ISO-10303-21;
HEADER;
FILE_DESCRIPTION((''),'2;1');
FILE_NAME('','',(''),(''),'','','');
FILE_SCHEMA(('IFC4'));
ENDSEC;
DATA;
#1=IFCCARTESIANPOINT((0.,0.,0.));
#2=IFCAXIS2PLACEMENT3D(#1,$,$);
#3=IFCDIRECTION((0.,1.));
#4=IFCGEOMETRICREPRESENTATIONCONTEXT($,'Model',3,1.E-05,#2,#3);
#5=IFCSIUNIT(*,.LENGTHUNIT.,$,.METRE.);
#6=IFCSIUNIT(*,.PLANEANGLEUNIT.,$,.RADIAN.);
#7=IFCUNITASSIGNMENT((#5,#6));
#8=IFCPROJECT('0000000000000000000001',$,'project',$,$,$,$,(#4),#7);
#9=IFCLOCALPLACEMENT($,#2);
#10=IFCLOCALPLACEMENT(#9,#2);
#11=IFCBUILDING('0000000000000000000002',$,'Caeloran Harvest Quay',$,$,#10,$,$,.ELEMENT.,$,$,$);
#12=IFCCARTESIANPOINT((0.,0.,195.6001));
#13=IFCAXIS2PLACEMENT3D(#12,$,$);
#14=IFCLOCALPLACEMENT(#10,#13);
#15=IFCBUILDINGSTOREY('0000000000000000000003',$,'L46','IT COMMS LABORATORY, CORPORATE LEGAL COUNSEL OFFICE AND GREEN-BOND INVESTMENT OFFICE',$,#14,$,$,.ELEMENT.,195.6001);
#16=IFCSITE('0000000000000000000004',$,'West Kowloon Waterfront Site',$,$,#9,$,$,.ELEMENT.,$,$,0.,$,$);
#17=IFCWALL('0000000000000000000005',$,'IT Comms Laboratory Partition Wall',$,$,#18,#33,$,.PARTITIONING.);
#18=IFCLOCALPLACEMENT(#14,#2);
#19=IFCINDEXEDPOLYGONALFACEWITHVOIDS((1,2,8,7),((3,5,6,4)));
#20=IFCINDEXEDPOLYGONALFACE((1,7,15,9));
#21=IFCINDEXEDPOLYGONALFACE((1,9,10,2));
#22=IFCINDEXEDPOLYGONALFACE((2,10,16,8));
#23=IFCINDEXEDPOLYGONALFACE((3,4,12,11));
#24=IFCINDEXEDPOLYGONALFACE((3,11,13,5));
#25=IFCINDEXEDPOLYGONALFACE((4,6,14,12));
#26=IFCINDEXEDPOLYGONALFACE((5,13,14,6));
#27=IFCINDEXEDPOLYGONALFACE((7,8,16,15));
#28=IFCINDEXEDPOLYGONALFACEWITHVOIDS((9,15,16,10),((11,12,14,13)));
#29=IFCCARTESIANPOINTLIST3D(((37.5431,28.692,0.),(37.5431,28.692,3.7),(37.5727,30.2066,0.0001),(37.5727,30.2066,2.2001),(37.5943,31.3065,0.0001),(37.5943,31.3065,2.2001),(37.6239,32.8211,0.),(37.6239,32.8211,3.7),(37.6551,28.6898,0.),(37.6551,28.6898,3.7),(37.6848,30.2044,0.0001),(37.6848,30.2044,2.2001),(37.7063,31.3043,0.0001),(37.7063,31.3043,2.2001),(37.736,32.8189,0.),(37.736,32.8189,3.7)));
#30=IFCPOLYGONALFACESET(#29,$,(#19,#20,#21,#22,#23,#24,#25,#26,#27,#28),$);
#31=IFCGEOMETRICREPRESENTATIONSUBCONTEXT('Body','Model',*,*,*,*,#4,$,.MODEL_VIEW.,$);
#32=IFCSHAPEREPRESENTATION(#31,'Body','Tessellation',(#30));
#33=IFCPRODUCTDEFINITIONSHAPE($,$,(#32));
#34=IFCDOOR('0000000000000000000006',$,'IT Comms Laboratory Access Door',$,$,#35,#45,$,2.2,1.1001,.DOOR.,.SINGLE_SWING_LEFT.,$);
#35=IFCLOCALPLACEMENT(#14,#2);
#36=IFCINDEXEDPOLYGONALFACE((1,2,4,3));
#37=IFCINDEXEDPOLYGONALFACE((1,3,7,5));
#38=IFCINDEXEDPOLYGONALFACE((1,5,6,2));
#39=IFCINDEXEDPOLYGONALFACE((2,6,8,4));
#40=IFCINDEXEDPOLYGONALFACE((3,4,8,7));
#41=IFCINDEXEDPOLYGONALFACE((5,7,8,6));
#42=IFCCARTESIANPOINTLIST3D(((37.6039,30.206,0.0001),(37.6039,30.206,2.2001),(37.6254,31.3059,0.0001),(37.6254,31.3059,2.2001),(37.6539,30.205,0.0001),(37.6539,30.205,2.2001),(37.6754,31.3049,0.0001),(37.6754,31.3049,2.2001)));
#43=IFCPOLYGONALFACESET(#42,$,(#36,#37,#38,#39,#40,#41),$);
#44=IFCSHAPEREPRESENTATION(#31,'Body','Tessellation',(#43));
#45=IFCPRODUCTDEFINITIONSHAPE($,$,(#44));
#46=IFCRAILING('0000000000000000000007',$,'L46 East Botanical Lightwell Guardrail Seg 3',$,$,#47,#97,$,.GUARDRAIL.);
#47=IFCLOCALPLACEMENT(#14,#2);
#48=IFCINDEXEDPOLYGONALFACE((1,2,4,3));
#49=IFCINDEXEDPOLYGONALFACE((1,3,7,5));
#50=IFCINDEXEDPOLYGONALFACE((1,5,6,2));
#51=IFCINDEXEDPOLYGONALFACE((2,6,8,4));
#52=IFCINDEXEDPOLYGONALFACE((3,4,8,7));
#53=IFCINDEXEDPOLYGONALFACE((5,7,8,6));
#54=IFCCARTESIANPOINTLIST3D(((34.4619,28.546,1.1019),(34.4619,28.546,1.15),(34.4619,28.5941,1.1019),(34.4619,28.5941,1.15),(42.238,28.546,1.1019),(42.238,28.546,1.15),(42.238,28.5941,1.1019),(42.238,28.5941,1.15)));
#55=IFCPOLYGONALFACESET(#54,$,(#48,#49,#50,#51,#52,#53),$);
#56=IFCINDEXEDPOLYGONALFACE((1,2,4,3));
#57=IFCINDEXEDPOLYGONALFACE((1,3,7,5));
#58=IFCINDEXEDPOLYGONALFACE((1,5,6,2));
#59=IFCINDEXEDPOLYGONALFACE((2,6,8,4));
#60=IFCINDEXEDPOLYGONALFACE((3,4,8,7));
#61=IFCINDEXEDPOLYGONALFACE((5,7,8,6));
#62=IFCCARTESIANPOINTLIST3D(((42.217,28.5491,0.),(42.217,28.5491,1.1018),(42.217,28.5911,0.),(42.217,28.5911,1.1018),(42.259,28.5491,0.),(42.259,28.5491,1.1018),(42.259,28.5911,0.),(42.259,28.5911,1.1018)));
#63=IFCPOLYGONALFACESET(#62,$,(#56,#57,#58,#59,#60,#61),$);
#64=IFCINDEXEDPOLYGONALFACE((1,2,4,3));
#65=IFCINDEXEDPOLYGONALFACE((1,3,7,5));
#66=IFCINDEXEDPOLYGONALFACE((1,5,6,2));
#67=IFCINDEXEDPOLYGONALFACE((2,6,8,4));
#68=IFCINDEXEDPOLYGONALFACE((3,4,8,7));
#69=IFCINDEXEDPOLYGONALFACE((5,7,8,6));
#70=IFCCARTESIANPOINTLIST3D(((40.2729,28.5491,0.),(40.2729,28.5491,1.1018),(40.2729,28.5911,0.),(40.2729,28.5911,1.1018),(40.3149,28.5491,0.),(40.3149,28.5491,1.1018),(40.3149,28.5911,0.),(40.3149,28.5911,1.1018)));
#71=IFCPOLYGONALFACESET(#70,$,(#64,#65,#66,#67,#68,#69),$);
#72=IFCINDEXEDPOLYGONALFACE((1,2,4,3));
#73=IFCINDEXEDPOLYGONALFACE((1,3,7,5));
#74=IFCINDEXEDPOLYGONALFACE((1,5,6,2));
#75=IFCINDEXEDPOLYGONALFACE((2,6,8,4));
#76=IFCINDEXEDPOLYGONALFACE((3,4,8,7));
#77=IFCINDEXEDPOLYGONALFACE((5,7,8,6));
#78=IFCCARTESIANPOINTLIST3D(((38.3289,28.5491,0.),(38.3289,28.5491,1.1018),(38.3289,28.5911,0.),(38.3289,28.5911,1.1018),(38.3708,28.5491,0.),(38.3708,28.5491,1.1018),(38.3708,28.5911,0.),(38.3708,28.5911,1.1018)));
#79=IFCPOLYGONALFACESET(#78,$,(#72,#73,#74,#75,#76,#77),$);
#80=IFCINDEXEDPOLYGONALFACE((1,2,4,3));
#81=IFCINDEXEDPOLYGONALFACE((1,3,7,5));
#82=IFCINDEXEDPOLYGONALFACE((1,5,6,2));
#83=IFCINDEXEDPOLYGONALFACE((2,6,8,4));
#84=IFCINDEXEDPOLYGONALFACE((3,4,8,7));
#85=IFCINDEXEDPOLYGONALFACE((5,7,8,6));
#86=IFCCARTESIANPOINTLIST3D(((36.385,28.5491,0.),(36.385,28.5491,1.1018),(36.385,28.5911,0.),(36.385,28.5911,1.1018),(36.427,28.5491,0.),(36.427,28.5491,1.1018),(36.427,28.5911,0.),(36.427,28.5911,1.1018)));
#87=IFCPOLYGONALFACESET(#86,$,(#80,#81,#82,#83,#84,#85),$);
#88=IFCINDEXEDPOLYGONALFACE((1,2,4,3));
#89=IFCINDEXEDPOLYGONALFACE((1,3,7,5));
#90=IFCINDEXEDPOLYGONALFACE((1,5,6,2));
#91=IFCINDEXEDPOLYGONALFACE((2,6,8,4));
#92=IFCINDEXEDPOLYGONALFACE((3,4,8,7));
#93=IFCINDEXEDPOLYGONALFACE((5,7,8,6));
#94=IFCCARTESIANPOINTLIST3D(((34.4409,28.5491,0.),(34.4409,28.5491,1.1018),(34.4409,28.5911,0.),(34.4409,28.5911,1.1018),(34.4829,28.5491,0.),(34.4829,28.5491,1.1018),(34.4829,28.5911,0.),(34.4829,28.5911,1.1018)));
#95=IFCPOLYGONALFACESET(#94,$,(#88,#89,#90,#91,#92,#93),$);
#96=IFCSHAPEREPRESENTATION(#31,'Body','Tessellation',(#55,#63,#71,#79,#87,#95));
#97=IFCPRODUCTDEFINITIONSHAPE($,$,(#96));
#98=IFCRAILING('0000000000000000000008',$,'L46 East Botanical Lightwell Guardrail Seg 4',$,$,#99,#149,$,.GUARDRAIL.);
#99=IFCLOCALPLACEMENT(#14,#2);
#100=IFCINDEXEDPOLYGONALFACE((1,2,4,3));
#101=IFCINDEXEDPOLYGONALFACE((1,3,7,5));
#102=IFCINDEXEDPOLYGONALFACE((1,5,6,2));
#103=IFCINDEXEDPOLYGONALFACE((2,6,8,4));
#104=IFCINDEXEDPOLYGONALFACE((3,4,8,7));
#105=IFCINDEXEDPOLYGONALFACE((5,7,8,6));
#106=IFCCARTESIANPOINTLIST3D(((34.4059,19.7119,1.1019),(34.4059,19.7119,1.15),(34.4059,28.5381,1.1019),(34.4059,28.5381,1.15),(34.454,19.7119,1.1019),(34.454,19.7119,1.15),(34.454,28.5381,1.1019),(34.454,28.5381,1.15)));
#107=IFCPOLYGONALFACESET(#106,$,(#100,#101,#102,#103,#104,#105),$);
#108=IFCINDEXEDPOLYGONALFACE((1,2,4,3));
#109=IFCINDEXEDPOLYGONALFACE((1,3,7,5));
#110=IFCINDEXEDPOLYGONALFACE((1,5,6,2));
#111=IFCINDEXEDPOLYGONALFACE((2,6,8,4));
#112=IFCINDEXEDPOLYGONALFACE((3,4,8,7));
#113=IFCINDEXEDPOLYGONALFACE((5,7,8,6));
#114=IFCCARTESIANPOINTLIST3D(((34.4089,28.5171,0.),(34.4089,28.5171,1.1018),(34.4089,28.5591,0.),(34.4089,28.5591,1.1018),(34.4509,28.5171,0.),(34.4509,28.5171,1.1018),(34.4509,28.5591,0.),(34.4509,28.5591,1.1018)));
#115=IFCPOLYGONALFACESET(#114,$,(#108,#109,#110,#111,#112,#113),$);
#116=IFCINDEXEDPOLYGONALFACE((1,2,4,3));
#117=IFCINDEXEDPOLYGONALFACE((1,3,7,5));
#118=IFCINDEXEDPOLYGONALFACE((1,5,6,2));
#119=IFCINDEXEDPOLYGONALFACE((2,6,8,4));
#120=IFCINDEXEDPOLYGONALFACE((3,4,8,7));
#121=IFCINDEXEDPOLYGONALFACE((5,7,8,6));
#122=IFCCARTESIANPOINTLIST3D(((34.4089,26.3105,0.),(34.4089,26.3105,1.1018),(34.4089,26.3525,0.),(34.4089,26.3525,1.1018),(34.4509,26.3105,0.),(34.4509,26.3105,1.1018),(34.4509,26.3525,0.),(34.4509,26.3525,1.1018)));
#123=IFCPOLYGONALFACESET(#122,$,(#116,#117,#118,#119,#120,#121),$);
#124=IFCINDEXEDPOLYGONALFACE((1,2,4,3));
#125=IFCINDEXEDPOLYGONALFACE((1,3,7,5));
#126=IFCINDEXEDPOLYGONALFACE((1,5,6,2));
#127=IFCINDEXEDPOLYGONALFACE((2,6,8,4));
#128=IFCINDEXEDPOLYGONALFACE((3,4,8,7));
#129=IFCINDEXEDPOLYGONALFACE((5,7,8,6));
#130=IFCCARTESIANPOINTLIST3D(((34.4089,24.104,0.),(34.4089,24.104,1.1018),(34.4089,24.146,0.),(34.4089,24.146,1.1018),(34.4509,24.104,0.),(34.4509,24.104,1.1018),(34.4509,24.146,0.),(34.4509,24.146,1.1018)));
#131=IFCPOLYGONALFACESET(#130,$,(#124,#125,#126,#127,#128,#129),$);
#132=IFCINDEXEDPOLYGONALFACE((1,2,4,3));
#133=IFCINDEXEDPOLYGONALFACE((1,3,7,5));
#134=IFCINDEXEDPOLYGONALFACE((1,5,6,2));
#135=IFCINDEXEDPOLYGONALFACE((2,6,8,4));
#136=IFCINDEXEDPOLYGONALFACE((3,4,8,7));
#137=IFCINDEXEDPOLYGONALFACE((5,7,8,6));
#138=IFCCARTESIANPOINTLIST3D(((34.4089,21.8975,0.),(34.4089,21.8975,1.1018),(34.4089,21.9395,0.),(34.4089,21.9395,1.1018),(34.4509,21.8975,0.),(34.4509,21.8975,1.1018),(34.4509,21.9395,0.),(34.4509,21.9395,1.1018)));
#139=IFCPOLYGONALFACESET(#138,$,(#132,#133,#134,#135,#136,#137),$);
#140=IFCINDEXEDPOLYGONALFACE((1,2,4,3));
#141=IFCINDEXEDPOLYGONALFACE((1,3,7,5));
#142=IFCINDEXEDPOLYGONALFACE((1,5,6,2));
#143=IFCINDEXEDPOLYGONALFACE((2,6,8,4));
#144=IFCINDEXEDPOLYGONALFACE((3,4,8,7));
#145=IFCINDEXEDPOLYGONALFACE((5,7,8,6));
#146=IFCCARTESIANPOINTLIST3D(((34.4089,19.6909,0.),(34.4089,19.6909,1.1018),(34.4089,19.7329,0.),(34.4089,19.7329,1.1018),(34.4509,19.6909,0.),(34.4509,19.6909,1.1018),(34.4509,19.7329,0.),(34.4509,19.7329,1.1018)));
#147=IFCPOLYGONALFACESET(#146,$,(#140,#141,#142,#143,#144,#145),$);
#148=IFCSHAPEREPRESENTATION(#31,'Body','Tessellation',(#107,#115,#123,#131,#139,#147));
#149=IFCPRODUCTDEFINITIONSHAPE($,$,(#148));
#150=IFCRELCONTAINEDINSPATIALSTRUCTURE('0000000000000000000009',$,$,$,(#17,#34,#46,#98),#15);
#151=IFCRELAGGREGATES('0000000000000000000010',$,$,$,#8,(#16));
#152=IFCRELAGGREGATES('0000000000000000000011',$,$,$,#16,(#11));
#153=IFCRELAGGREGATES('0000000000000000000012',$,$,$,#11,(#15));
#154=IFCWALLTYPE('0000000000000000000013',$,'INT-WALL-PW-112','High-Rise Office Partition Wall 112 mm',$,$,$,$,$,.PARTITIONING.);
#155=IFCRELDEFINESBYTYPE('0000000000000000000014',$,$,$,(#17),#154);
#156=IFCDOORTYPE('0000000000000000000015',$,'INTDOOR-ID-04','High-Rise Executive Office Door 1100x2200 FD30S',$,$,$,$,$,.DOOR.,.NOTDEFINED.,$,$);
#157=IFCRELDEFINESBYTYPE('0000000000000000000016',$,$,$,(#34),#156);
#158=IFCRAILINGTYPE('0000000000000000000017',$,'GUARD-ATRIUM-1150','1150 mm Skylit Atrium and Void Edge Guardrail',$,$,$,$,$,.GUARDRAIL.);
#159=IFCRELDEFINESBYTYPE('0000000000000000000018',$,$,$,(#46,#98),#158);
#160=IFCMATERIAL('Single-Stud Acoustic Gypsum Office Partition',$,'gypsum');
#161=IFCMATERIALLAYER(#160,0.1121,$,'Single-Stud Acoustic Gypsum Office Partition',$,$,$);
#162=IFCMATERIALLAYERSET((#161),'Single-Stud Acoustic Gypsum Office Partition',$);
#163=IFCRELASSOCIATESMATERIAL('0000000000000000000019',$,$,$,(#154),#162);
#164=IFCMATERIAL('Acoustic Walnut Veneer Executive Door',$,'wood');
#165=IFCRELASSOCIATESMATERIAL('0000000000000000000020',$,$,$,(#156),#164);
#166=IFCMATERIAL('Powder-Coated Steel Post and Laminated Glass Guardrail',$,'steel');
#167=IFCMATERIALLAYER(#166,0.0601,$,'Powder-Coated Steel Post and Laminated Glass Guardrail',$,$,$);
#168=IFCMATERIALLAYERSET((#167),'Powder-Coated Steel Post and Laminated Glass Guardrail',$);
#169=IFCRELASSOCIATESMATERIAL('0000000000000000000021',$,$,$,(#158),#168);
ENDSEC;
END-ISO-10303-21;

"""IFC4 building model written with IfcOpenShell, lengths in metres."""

from ifc_helpers import new_model, si_unit, direction, frame, frame_2d, origin, origin_2d, place, context, subcontext, project, spatial, rectangle, extrude, material, layer, layer_set, type_object, element, fill, save


model = new_model("IFC4")

# Units and contexts
model_context = context("Model", 3, precision=1e-05, world=origin(), true_north=direction((0.0, 1.0)))
body_context = subcontext(model_context, "Body", "Model", "MODEL_VIEW")
ifc_project = project(units=[si_unit("LENGTHUNIT", "METRE"), si_unit("PLANEANGLEUNIT", "RADIAN")], contexts=[model_context])

# Site, building, storey
site_placement = place(None, origin())
site = spatial("IfcSite", under=ifc_project, at=site_placement, Name="West Kowloon Waterfront Site", CompositionType="ELEMENT", RefElevation=0.0)
building_placement = place(site_placement, origin())
building = spatial("IfcBuilding", under=site, at=building_placement, Name="Caeloran Harvest Quay", CompositionType="ELEMENT")
storey_placement = place(building_placement, frame((0.0, 0.0, 195.6001)))
storey = spatial("IfcBuildingStorey", under=building, at=storey_placement, Name="L46", Description="IT COMMS LABORATORY, CORPORATE LEGAL COUNSEL OFFICE AND GREEN-BOND INVESTMENT OFFICE", CompositionType="ELEMENT", Elevation=195.6001)

# Shared definitions
ifc_material_1 = material(Name="Single-Stud Acoustic Gypsum Office Partition", Category="gypsum")
ifc_layer_1 = layer(ifc_material_1, 0.1121, Name="Single-Stud Acoustic Gypsum Office Partition")
ifc_layer_set_1 = layer_set([ifc_layer_1], Name="Single-Stud Acoustic Gypsum Office Partition")
wall_type_1 = type_object("IfcWallType", Name="INT-WALL-PW-112", Description="High-Rise Office Partition Wall 112 mm", PredefinedType="PARTITIONING", material=ifc_layer_set_1)

# Shared definitions
ifc_material_2 = material(Name="Acoustic Walnut Veneer Executive Door", Category="wood")
door_type = type_object("IfcDoorType", Name="INTDOOR-ID-04", Description="High-Rise Executive Office Door 1100x2200 FD30S", OperationType="NOTDEFINED", PredefinedType="DOOR", material=ifc_material_2)

# Wall, opening, door
wall_1_placement = place(storey_placement, frame((37.5991, 28.6909, 0.0), z_axis=(0.0, 0.0, 1.0), x_axis=(0.019567, 0.999809, 0.0)))
wall_1 = element("IfcWall", 1, at=wall_1_placement, inside=storey, type_object=wall_type_1, Name="IT Comms Laboratory Partition Wall", PredefinedType="PARTITIONING", context=body_context, shape_type="SweptSolid", body=[
    extrude(rectangle(XDim=4.1299, YDim=0.1121, at=frame_2d((2.0649, 0.0))), origin(), (0.0, 0.0, 1.0), 3.7),
])
opening_1_placement = place(wall_1_placement, frame((1.5149, 0.0, 0.0)))
opening_1 = element("IfcOpeningElement", 2, at=opening_1_placement, cuts=wall_1, PredefinedType="OPENING", context=body_context, shape_type="SweptSolid", body=[
    extrude(rectangle(XDim=1.1001, YDim=2.2, at=frame_2d((0.55, 1.1001))), frame((0.0, 0.0659, 0.0), z_axis=(0.0, -1.0, 0.0), x_axis=(1.0, 0.0, 0.0)), (0.0, 0.0, 1.0), 0.1321),
])
door_1_placement = place(opening_1_placement, origin())
door_1 = element("IfcDoor", 3, at=door_1_placement, inside=storey, type_object=door_type, Name="IT Comms Laboratory Access Door", OperationType="SINGLE_SWING_LEFT", OverallHeight=2.2, OverallWidth=1.1001, PredefinedType="DOOR", context=body_context, shape_type="SweptSolid", body=[
    extrude(rectangle(XDim=1.1001, YDim=2.2, at=frame_2d((0.55, 1.1001))), frame((0.0, 0.0249, 0.0), z_axis=(0.0, -1.0, 0.0), x_axis=(1.0, 0.0, 0.0)), (0.0, 0.0, 1.0), 0.05),
])
fill(opening_1, door_1)

# Railings
ifc_material_3 = material(Name="Powder-Coated Steel Post and Laminated Glass Guardrail", Category="steel")
ifc_layer_2 = layer(ifc_material_3, 0.0601, Name="Powder-Coated Steel Post and Laminated Glass Guardrail")
ifc_layer_set_2 = layer_set([ifc_layer_2], Name="Powder-Coated Steel Post and Laminated Glass Guardrail")
railing_type = type_object("IfcRailingType", Name="GUARD-ATRIUM-1150", Description="1150 mm Skylit Atrium and Void Edge Guardrail", PredefinedType="GUARDRAIL", material=ifc_layer_set_2)
railing_1_placement = place(storey_placement, frame((42.238, 28.5701, 0.0)))
element("IfcRailing", 4, at=railing_1_placement, inside=storey, type_object=railing_type, Name="L46 East Botanical Lightwell Guardrail Seg 3", PredefinedType="GUARDRAIL", context=body_context, shape_type="SweptSolid", body=[
    extrude(rectangle(XDim=0.0481, YDim=0.0481, at=origin_2d()), frame((0.0, 0.0, 1.126), z_axis=(-1.0, 0.0, 0.0), x_axis=(0.0, -1.0, 0.0)), (0.0, 0.0, 1.0), 7.7761),
    extrude(rectangle(XDim=0.042, YDim=0.042, at=origin_2d()), origin(), (0.0, 0.0, 1.0), 1.1018),
    extrude(rectangle(XDim=0.042, YDim=0.042, at=origin_2d()), frame((-1.9441, 0.0, 0.0)), (0.0, 0.0, 1.0), 1.1018),
    extrude(rectangle(XDim=0.042, YDim=0.042, at=origin_2d()), frame((-3.8882, 0.0, 0.0)), (0.0, 0.0, 1.0), 1.1018),
    extrude(rectangle(XDim=0.042, YDim=0.042, at=origin_2d()), frame((-5.832, 0.0, 0.0)), (0.0, 0.0, 1.0), 1.1018),
    extrude(rectangle(XDim=0.042, YDim=0.042, at=origin_2d()), frame((-7.7761, 0.0, 0.0)), (0.0, 0.0, 1.0), 1.1018),
])
railing_2_placement = place(storey_placement, frame((34.4299, 28.5381, 0.0)))
element("IfcRailing", 5, at=railing_2_placement, inside=storey, type_object=railing_type, Name="L46 East Botanical Lightwell Guardrail Seg 4", PredefinedType="GUARDRAIL", context=body_context, shape_type="SweptSolid", body=[
    extrude(rectangle(XDim=0.0481, YDim=0.0481, at=origin_2d()), frame((0.0, 0.0, 1.126), z_axis=(0.0, -1.0, 0.0), x_axis=(1.0, 0.0, 0.0)), (0.0, 0.0, 1.0), 8.8262),
    extrude(rectangle(XDim=0.042, YDim=0.042, at=origin_2d()), origin(), (0.0, 0.0, 1.0), 1.1018),
    extrude(rectangle(XDim=0.042, YDim=0.042, at=origin_2d()), frame((0.0, -2.2065, 0.0)), (0.0, 0.0, 1.0), 1.1018),
    extrude(rectangle(XDim=0.042, YDim=0.042, at=origin_2d()), frame((0.0, -4.4131, 0.0)), (0.0, 0.0, 1.0), 1.1018),
    extrude(rectangle(XDim=0.042, YDim=0.042, at=origin_2d()), frame((0.0, -6.6196, 0.0)), (0.0, 0.0, 1.0), 1.1018),
    extrude(rectangle(XDim=0.042, YDim=0.042, at=origin_2d()), frame((0.0, -8.8262, 0.0)), (0.0, 0.0, 1.0), 1.1018),
])

save(model, "model.ifc")
